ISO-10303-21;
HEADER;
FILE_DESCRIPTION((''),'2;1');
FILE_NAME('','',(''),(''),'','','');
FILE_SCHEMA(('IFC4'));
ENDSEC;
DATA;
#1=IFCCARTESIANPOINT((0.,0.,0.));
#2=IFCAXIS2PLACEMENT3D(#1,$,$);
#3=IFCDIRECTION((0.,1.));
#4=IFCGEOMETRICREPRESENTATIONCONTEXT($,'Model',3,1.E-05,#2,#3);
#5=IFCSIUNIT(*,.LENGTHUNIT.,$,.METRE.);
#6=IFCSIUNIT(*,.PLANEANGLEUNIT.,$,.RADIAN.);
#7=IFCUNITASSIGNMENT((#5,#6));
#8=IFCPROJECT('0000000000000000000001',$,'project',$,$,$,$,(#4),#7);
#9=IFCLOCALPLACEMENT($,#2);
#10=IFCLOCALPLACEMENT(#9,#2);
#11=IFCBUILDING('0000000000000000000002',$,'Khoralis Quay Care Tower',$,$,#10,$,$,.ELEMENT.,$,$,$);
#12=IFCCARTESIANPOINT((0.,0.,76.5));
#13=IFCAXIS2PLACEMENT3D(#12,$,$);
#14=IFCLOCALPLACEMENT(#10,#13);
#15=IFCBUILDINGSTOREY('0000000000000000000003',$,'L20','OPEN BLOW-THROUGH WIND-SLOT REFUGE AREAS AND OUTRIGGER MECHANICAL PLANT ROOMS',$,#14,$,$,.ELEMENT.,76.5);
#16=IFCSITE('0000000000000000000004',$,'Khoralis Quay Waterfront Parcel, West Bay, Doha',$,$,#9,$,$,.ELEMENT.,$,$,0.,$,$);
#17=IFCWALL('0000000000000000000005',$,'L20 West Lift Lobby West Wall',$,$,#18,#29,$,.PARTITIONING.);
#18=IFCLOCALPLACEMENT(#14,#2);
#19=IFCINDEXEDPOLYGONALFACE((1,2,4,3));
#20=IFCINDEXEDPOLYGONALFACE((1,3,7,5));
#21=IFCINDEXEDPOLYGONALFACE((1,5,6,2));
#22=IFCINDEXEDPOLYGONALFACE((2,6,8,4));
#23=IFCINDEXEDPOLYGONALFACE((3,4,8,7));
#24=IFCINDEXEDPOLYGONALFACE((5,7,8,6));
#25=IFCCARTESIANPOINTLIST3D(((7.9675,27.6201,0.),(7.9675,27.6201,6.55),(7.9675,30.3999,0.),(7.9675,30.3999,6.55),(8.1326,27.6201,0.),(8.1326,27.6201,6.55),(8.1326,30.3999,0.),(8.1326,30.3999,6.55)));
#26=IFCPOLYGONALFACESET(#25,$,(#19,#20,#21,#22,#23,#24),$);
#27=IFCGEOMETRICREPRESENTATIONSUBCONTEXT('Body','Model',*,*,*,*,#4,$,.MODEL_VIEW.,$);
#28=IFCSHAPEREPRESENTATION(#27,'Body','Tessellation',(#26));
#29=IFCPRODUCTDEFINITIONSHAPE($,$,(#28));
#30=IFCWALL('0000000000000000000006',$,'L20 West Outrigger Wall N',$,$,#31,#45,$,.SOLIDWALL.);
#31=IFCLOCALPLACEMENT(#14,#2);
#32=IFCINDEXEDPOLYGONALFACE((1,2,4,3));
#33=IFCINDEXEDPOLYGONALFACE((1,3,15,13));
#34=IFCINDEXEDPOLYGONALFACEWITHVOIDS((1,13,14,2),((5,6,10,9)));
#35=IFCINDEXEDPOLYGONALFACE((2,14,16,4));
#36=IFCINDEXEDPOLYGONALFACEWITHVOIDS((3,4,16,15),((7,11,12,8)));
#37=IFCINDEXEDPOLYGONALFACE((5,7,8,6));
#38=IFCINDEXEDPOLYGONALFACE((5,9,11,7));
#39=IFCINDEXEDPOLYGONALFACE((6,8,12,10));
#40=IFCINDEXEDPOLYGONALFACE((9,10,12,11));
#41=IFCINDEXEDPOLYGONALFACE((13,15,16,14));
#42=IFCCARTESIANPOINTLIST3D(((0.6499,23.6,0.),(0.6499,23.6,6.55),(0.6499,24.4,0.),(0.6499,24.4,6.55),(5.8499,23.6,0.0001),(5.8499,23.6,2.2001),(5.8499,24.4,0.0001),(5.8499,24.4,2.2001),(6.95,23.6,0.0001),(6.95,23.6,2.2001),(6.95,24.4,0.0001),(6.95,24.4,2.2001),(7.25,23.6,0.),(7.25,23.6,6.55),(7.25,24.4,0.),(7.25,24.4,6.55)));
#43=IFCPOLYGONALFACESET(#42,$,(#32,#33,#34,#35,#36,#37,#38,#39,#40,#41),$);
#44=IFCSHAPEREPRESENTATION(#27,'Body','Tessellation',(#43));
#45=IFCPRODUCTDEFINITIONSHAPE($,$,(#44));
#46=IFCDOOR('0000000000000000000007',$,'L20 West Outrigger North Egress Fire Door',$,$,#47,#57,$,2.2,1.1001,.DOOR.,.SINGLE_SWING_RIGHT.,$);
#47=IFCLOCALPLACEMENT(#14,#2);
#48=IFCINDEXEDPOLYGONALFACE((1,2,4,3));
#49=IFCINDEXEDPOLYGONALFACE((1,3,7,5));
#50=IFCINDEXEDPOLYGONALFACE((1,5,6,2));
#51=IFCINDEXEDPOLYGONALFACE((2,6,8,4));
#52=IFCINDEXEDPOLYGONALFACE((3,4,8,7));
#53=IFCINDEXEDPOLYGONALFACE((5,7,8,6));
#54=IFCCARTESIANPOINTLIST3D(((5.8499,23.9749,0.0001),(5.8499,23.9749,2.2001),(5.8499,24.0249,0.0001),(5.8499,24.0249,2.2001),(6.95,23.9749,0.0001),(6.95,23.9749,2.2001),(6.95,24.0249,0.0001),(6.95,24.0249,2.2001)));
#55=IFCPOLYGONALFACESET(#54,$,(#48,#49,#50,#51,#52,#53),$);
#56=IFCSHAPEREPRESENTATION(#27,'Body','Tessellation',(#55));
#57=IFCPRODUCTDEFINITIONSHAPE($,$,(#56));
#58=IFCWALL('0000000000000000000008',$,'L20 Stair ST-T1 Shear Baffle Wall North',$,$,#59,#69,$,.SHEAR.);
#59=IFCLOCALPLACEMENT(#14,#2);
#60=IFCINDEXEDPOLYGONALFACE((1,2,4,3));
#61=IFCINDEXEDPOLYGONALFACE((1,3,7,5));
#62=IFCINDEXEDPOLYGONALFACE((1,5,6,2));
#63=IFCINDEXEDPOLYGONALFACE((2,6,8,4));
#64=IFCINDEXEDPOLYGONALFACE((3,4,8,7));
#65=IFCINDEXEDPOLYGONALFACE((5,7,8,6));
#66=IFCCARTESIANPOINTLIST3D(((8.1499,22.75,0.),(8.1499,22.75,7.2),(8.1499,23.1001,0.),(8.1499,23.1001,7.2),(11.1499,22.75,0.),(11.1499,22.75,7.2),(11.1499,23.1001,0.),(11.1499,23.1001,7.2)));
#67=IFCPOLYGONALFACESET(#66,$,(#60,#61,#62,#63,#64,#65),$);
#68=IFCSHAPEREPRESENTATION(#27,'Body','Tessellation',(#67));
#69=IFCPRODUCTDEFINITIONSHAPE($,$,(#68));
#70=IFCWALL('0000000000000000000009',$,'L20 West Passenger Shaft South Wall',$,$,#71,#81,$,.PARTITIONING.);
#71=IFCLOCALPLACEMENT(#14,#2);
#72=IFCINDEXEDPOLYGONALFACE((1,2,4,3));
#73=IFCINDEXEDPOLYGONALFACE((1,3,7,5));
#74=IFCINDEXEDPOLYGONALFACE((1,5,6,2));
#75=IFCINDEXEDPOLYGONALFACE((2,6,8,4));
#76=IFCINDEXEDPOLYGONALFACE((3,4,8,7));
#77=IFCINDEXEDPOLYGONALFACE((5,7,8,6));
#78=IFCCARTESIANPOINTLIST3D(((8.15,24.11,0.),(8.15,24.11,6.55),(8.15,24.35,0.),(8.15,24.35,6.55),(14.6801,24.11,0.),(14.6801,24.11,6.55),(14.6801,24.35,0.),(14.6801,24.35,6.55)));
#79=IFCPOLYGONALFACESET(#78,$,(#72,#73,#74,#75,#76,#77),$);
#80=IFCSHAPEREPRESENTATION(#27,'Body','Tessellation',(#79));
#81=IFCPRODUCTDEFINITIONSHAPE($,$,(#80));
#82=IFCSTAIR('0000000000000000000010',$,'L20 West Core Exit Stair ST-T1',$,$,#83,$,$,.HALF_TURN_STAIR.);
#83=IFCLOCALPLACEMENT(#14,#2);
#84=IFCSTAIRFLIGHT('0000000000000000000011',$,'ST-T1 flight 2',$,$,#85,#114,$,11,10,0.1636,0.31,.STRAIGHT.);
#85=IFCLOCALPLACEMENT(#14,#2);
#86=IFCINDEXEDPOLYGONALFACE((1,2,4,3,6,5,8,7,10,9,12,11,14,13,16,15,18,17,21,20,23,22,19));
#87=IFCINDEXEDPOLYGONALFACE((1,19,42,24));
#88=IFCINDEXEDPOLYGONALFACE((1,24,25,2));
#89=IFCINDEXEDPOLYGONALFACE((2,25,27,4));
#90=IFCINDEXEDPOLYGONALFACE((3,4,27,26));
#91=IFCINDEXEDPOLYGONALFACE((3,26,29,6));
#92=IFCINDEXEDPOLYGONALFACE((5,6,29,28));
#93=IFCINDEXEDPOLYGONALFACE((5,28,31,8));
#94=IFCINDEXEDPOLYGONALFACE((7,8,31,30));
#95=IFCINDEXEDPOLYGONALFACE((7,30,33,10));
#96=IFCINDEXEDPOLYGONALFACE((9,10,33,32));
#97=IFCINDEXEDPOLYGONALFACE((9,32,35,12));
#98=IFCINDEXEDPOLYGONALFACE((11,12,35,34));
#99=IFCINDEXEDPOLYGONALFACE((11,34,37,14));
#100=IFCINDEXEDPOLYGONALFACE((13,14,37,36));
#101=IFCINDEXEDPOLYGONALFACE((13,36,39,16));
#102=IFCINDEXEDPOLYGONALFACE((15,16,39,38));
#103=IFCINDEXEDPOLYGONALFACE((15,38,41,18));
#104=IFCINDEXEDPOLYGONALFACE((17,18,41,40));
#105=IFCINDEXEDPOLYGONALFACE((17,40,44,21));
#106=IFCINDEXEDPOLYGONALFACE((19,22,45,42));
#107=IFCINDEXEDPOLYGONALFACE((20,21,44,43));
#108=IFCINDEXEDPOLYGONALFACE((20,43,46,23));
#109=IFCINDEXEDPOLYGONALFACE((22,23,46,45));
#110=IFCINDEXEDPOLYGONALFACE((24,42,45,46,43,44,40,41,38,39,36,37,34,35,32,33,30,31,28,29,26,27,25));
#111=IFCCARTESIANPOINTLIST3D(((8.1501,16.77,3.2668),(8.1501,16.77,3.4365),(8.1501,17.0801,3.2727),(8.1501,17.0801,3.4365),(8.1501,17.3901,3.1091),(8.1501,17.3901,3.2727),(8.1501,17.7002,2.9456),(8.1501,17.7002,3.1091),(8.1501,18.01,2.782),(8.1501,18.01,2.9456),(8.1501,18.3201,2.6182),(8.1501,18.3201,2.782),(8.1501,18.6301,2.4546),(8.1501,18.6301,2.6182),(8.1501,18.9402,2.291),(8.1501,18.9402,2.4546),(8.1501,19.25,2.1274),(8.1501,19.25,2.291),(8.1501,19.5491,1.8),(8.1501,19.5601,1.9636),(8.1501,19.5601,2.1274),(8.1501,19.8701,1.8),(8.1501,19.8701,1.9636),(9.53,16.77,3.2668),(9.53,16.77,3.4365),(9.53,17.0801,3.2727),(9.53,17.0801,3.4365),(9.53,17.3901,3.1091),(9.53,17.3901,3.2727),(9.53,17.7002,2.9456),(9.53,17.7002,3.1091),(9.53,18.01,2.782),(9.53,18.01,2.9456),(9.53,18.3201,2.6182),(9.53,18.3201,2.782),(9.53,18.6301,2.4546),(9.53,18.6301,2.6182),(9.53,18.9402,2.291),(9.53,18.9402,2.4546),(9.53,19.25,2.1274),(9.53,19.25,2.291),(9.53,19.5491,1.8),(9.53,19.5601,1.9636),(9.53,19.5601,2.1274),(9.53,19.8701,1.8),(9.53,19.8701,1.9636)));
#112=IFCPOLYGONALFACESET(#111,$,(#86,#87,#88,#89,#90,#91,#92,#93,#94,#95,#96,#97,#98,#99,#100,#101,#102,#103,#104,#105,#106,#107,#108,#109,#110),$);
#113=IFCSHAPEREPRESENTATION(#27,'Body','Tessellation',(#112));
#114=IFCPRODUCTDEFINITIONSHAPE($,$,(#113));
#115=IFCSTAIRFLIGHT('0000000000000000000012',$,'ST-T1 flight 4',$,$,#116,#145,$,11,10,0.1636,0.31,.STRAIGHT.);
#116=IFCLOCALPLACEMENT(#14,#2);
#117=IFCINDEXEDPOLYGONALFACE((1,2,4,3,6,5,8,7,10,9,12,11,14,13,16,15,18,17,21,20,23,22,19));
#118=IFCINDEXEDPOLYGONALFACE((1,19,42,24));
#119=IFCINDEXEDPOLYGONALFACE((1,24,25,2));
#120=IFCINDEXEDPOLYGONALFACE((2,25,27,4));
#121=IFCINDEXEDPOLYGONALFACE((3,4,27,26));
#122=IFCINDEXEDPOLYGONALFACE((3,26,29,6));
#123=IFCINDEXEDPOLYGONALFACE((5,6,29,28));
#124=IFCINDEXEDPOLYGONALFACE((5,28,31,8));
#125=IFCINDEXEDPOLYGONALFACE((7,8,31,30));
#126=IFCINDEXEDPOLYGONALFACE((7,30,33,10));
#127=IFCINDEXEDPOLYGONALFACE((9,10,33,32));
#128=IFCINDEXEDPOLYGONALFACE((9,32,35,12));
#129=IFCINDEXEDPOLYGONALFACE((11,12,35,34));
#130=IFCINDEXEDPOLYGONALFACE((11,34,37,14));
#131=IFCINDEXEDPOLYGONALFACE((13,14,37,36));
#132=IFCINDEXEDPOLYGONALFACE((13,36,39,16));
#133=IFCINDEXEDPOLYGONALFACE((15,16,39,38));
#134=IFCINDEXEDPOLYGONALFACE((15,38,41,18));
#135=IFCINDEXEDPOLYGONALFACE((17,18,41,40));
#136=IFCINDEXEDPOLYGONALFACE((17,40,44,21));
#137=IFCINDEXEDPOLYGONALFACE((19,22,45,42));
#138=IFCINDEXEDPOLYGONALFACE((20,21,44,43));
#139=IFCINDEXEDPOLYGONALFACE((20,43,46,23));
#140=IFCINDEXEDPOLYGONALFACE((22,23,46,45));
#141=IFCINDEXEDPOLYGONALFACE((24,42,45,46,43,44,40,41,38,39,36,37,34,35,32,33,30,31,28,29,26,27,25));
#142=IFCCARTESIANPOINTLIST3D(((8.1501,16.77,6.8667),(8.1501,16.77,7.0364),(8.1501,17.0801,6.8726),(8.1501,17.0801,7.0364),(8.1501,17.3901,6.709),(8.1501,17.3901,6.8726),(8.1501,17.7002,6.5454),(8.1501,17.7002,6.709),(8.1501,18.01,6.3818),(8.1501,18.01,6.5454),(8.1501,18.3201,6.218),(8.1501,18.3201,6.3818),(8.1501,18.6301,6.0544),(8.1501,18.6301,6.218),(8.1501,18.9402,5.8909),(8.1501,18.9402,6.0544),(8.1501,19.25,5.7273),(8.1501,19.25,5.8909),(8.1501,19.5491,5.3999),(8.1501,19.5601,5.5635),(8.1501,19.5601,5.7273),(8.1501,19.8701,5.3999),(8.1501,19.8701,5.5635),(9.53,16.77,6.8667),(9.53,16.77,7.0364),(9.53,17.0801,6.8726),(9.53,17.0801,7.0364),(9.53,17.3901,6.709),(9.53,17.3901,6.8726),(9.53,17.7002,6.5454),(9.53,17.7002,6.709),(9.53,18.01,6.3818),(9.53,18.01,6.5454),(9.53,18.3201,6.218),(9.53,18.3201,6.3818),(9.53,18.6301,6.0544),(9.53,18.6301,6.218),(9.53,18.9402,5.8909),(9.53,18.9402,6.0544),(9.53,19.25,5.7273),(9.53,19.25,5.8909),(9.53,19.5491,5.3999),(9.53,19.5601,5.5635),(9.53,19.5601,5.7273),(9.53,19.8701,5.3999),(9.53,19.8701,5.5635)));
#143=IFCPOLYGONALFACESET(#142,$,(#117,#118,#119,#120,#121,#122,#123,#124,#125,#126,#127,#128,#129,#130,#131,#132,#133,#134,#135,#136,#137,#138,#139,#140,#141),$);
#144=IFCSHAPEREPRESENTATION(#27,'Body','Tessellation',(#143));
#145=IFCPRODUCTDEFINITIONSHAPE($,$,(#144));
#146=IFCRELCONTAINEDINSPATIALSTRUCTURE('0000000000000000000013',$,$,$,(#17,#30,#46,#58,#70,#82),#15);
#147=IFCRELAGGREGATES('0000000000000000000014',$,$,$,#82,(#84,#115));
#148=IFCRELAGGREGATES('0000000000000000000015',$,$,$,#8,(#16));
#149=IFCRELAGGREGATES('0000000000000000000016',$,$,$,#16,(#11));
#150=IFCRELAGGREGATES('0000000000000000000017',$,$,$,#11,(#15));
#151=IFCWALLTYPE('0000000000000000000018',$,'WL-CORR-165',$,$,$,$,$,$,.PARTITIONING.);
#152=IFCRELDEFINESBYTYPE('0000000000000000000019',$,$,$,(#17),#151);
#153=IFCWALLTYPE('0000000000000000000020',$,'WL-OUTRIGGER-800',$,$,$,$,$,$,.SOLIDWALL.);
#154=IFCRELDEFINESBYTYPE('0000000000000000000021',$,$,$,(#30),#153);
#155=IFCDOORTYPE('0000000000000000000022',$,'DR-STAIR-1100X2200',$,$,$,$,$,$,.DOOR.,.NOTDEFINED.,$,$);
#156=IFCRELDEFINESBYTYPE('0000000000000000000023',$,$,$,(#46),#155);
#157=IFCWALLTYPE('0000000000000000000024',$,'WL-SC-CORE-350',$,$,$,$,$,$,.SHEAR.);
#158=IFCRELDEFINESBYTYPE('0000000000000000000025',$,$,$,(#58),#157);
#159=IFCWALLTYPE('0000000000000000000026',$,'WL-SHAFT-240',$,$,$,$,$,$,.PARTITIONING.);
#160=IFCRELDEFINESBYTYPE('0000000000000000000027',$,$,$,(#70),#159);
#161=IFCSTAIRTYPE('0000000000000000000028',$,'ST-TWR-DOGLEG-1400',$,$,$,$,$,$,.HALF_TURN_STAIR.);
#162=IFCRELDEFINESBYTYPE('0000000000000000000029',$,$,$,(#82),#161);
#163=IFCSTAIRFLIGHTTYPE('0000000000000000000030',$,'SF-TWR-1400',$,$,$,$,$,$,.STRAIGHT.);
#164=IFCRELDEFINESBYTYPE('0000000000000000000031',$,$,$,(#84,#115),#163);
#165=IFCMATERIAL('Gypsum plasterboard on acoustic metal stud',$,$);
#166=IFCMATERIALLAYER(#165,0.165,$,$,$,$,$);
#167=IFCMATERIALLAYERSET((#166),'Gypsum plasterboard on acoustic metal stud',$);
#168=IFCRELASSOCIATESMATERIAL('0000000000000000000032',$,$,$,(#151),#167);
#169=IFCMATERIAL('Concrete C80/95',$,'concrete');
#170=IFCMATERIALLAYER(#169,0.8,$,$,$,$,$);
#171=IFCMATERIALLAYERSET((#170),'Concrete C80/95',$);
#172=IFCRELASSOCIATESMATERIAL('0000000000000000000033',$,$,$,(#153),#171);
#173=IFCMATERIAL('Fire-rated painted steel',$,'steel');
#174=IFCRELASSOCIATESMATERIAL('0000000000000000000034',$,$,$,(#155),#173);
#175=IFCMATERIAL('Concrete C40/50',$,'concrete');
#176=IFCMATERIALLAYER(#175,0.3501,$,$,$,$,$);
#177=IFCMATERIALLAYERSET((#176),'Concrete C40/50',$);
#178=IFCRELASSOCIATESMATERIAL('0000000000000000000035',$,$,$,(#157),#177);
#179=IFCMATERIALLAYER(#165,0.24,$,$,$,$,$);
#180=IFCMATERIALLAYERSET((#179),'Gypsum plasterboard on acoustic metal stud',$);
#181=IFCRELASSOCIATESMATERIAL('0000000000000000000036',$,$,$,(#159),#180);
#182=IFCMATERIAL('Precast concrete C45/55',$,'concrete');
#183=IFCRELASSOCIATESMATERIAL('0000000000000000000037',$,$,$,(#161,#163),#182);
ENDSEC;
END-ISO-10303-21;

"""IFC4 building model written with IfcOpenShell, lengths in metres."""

from ifc_helpers import new_model, si_unit, direction, frame, frame_2d, origin, place, context, subcontext, project, spatial, polyline, rectangle, outline, extrude, source, transform, mapped, material, layer, layer_set, type_object, element, fill, aggregate, save


model = new_model("IFC4")

# Units and contexts
model_context = context("Model", 3, precision=1e-05, world=origin(), true_north=direction((0.0, 1.0)))
body_context = subcontext(model_context, "Body", "Model", "MODEL_VIEW")
ifc_project = project(units=[si_unit("LENGTHUNIT", "METRE"), si_unit("PLANEANGLEUNIT", "RADIAN")], contexts=[model_context])

# Site, building, storey
site_placement = place(None, origin())
site = spatial("IfcSite", under=ifc_project, at=site_placement, Name="Khoralis Quay Waterfront Parcel, West Bay, Doha", CompositionType="ELEMENT", RefElevation=0.0)
building_placement = place(site_placement, origin())
building = spatial("IfcBuilding", under=site, at=building_placement, Name="Khoralis Quay Care Tower", CompositionType="ELEMENT")
storey_placement = place(building_placement, frame((0.0, 0.0, 76.5)))
storey = spatial("IfcBuildingStorey", under=building, at=storey_placement, Name="L20", Description="OPEN BLOW-THROUGH WIND-SLOT REFUGE AREAS AND OUTRIGGER MECHANICAL PLANT ROOMS", CompositionType="ELEMENT", Elevation=76.5)

# Shared definitions
ifc_material_1 = material(Name="Concrete C80/95", Category="concrete")

# Shared definitions
ifc_material_2 = material(Name="Gypsum plasterboard on acoustic metal stud")

# Wall
ifc_layer_1 = layer(ifc_material_2, 0.165)
ifc_layer_set_1 = layer_set([ifc_layer_1], Name="Gypsum plasterboard on acoustic metal stud")
wall_type_1 = type_object("IfcWallType", Name="WL-CORR-165", PredefinedType="PARTITIONING", material=ifc_layer_set_1)
wall_1_placement = place(storey_placement, frame((8.05, 27.6201, 0.0), z_axis=(0.0, 0.0, 1.0), x_axis=(0.0, 1.0, 0.0)))
element("IfcWall", 1, at=wall_1_placement, inside=storey, type_object=wall_type_1, Name="L20 West Lift Lobby West Wall", PredefinedType="PARTITIONING", context=body_context, shape_type="SweptSolid", body=[
    extrude(rectangle(XDim=2.7798, YDim=0.165, at=frame_2d((1.3899, 0.0))), origin(), (0.0, 0.0, 1.0), 6.55),
])

# Wall, opening, door
ifc_layer_2 = layer(ifc_material_1, 0.8)
ifc_layer_set_2 = layer_set([ifc_layer_2], Name="Concrete C80/95")
wall_type_2 = type_object("IfcWallType", Name="WL-OUTRIGGER-800", PredefinedType="SOLIDWALL", material=ifc_layer_set_2)
wall_2_placement = place(storey_placement, frame((0.6499, 24.0, 0.0), z_axis=(0.0, 0.0, 1.0), x_axis=(1.0, 0.0, 0.0)))
wall_2 = element("IfcWall", 2, at=wall_2_placement, inside=storey, type_object=wall_type_2, Name="L20 West Outrigger Wall N", PredefinedType="SOLIDWALL", context=body_context, shape_type="SweptSolid", body=[
    extrude(rectangle(XDim=6.6001, YDim=0.8, at=frame_2d((3.3, 0.0))), origin(), (0.0, 0.0, 1.0), 6.55),
])
opening_1_placement = place(wall_2_placement, frame((5.2, 0.0, 0.0)))
opening_1 = element("IfcOpeningElement", 3, at=opening_1_placement, cuts=wall_2, PredefinedType="OPENING", context=body_context, shape_type="SweptSolid", body=[
    extrude(rectangle(XDim=1.1001, YDim=2.2, at=frame_2d((0.55, 1.1001))), frame((0.0, 0.4102, 0.0), z_axis=(0.0, -1.0, 0.0), x_axis=(1.0, 0.0, 0.0)), (0.0, 0.0, 1.0), 0.8201),
])
ifc_material_3 = material(Name="Fire-rated painted steel", Category="steel")
door_type_1 = type_object("IfcDoorType", Name="DR-STAIR-1100X2200", OperationType="NOTDEFINED", PredefinedType="DOOR", material=ifc_material_3)
shared_shape_1 = source(origin(), body_context, "Body", "SweptSolid", [
    extrude(rectangle(XDim=1.1001, YDim=2.2, at=frame_2d((0.55, 1.1001))), frame((0.0, 0.0249, 0.0), z_axis=(0.0, -1.0, 0.0), x_axis=(1.0, 0.0, 0.0)), (0.0, 0.0, 1.0), 0.05),
])
door_1_placement = place(opening_1_placement, origin())
door_1 = element("IfcDoor", 4, at=door_1_placement, inside=storey, type_object=door_type_1, Name="L20 West Outrigger North Egress Fire Door", OperationType="SINGLE_SWING_RIGHT", OverallHeight=2.2, OverallWidth=1.1001, PredefinedType="DOOR", context=body_context, shape_type="MappedRepresentation", body=[
    mapped(shared_shape_1, transform((0.0, 0.0, 0.0), scale=1.0)),
])
fill(opening_1, door_1)

# Walls
ifc_material_4 = material(Name="Concrete C40/50", Category="concrete")
ifc_layer_3 = layer(ifc_material_4, 0.3501)
ifc_layer_set_3 = layer_set([ifc_layer_3], Name="Concrete C40/50")
wall_type_3 = type_object("IfcWallType", Name="WL-SC-CORE-350", PredefinedType="SHEAR", material=ifc_layer_set_3)
wall_3_placement = place(storey_placement, frame((8.1499, 22.925, 0.0), z_axis=(0.0, 0.0, 1.0), x_axis=(1.0, 0.0, 0.0)))
element("IfcWall", 5, at=wall_3_placement, inside=storey, type_object=wall_type_3, Name="L20 Stair ST-T1 Shear Baffle Wall North", PredefinedType="SHEAR", context=body_context, shape_type="SweptSolid", body=[
    extrude(rectangle(XDim=3.0, YDim=0.3501, at=frame_2d((1.5, 0.0))), origin(), (0.0, 0.0, 1.0), 7.2),
])
ifc_layer_4 = layer(ifc_material_2, 0.24)
ifc_layer_set_4 = layer_set([ifc_layer_4], Name="Gypsum plasterboard on acoustic metal stud")
wall_type_4 = type_object("IfcWallType", Name="WL-SHAFT-240", PredefinedType="PARTITIONING", material=ifc_layer_set_4)
wall_4_placement = place(storey_placement, frame((8.1499, 24.23, 0.0), z_axis=(0.0, 0.0, 1.0), x_axis=(1.0, 0.0, 0.0)))
element("IfcWall", 6, at=wall_4_placement, inside=storey, type_object=wall_type_4, Name="L20 West Passenger Shaft South Wall", PredefinedType="PARTITIONING", context=body_context, shape_type="SweptSolid", body=[
    extrude(rectangle(XDim=6.53, YDim=0.24, at=frame_2d((3.2651, 0.0))), origin(), (0.0, 0.0, 1.0), 6.55),
])

# Stair, stair flights
ifc_material_5 = material(Name="Precast concrete C45/55", Category="concrete")
stair_type = type_object("IfcStairType", Name="ST-TWR-DOGLEG-1400", PredefinedType="HALF_TURN_STAIR", material=ifc_material_5)
stair_placement = place(storey_placement, origin())
stair = element("IfcStair", 7, at=stair_placement, inside=storey, type_object=stair_type, Name="L20 West Core Exit Stair ST-T1", PredefinedType="HALF_TURN_STAIR")
stair_flight_type = type_object("IfcStairFlightType", Name="SF-TWR-1400", PredefinedType="STRAIGHT", material=ifc_material_5)
shared_shape_2 = source(origin(), body_context, "Body", "SweptSolid", [
    extrude(outline(polyline([(0.0, 0.0), (0.0, 0.1636), (0.3101, 0.1636), (0.3101, 0.3274), (0.6201, 0.3274), (0.6201, 0.491), (0.9299, 0.491), (0.9299, 0.6545), (1.24, 0.6545), (1.24, 0.8181), (1.55, 0.8181), (1.55, 0.9819), (1.8601, 0.9819), (1.8601, 1.1455), (2.1699, 1.1455), (2.1699, 1.3091), (2.48, 1.3091), (2.48, 1.4727), (2.79, 1.4727), (2.79, 1.6365), (3.1001, 1.6365), (3.1001, 1.8), (3.1001, 1.4668), (0.321, 0.0), (0.0, 0.0)])), frame((0.0, 0.6899, 0.0), z_axis=(0.0, -1.0, 0.0), x_axis=(1.0, 0.0, 0.0)), (0.0, 0.0, 1.0), 1.3799),
])
stair_flight_1_placement = place(storey_placement, frame((8.8401, 19.8701, 1.8), z_axis=(0.0, 0.0, 1.0), x_axis=(0.0, -1.0, 0.0)))
stair_flight_1 = element("IfcStairFlight", 8, at=stair_flight_1_placement, type_object=stair_flight_type, Name="ST-T1 flight 2", NumberOfRisers=11, NumberOfTreads=10, PredefinedType="STRAIGHT", RiserHeight=0.1636, TreadLength=0.31, context=body_context, shape_type="MappedRepresentation", body=[
    mapped(shared_shape_2, transform((0.0, 0.0, 0.0), scale=1.0)),
])
stair_flight_2_placement = place(storey_placement, frame((8.8401, 19.8701, 5.3999), z_axis=(0.0, 0.0, 1.0), x_axis=(0.0, -1.0, 0.0)))
stair_flight_2 = element("IfcStairFlight", 9, at=stair_flight_2_placement, type_object=stair_flight_type, Name="ST-T1 flight 4", NumberOfRisers=11, NumberOfTreads=10, PredefinedType="STRAIGHT", RiserHeight=0.1636, TreadLength=0.31, context=body_context, shape_type="MappedRepresentation", body=[
    mapped(shared_shape_2, transform((0.0, 0.0, 0.0), scale=1.0)),
])
aggregate(stair, [stair_flight_1, stair_flight_2])

save(model, "model.ifc")
